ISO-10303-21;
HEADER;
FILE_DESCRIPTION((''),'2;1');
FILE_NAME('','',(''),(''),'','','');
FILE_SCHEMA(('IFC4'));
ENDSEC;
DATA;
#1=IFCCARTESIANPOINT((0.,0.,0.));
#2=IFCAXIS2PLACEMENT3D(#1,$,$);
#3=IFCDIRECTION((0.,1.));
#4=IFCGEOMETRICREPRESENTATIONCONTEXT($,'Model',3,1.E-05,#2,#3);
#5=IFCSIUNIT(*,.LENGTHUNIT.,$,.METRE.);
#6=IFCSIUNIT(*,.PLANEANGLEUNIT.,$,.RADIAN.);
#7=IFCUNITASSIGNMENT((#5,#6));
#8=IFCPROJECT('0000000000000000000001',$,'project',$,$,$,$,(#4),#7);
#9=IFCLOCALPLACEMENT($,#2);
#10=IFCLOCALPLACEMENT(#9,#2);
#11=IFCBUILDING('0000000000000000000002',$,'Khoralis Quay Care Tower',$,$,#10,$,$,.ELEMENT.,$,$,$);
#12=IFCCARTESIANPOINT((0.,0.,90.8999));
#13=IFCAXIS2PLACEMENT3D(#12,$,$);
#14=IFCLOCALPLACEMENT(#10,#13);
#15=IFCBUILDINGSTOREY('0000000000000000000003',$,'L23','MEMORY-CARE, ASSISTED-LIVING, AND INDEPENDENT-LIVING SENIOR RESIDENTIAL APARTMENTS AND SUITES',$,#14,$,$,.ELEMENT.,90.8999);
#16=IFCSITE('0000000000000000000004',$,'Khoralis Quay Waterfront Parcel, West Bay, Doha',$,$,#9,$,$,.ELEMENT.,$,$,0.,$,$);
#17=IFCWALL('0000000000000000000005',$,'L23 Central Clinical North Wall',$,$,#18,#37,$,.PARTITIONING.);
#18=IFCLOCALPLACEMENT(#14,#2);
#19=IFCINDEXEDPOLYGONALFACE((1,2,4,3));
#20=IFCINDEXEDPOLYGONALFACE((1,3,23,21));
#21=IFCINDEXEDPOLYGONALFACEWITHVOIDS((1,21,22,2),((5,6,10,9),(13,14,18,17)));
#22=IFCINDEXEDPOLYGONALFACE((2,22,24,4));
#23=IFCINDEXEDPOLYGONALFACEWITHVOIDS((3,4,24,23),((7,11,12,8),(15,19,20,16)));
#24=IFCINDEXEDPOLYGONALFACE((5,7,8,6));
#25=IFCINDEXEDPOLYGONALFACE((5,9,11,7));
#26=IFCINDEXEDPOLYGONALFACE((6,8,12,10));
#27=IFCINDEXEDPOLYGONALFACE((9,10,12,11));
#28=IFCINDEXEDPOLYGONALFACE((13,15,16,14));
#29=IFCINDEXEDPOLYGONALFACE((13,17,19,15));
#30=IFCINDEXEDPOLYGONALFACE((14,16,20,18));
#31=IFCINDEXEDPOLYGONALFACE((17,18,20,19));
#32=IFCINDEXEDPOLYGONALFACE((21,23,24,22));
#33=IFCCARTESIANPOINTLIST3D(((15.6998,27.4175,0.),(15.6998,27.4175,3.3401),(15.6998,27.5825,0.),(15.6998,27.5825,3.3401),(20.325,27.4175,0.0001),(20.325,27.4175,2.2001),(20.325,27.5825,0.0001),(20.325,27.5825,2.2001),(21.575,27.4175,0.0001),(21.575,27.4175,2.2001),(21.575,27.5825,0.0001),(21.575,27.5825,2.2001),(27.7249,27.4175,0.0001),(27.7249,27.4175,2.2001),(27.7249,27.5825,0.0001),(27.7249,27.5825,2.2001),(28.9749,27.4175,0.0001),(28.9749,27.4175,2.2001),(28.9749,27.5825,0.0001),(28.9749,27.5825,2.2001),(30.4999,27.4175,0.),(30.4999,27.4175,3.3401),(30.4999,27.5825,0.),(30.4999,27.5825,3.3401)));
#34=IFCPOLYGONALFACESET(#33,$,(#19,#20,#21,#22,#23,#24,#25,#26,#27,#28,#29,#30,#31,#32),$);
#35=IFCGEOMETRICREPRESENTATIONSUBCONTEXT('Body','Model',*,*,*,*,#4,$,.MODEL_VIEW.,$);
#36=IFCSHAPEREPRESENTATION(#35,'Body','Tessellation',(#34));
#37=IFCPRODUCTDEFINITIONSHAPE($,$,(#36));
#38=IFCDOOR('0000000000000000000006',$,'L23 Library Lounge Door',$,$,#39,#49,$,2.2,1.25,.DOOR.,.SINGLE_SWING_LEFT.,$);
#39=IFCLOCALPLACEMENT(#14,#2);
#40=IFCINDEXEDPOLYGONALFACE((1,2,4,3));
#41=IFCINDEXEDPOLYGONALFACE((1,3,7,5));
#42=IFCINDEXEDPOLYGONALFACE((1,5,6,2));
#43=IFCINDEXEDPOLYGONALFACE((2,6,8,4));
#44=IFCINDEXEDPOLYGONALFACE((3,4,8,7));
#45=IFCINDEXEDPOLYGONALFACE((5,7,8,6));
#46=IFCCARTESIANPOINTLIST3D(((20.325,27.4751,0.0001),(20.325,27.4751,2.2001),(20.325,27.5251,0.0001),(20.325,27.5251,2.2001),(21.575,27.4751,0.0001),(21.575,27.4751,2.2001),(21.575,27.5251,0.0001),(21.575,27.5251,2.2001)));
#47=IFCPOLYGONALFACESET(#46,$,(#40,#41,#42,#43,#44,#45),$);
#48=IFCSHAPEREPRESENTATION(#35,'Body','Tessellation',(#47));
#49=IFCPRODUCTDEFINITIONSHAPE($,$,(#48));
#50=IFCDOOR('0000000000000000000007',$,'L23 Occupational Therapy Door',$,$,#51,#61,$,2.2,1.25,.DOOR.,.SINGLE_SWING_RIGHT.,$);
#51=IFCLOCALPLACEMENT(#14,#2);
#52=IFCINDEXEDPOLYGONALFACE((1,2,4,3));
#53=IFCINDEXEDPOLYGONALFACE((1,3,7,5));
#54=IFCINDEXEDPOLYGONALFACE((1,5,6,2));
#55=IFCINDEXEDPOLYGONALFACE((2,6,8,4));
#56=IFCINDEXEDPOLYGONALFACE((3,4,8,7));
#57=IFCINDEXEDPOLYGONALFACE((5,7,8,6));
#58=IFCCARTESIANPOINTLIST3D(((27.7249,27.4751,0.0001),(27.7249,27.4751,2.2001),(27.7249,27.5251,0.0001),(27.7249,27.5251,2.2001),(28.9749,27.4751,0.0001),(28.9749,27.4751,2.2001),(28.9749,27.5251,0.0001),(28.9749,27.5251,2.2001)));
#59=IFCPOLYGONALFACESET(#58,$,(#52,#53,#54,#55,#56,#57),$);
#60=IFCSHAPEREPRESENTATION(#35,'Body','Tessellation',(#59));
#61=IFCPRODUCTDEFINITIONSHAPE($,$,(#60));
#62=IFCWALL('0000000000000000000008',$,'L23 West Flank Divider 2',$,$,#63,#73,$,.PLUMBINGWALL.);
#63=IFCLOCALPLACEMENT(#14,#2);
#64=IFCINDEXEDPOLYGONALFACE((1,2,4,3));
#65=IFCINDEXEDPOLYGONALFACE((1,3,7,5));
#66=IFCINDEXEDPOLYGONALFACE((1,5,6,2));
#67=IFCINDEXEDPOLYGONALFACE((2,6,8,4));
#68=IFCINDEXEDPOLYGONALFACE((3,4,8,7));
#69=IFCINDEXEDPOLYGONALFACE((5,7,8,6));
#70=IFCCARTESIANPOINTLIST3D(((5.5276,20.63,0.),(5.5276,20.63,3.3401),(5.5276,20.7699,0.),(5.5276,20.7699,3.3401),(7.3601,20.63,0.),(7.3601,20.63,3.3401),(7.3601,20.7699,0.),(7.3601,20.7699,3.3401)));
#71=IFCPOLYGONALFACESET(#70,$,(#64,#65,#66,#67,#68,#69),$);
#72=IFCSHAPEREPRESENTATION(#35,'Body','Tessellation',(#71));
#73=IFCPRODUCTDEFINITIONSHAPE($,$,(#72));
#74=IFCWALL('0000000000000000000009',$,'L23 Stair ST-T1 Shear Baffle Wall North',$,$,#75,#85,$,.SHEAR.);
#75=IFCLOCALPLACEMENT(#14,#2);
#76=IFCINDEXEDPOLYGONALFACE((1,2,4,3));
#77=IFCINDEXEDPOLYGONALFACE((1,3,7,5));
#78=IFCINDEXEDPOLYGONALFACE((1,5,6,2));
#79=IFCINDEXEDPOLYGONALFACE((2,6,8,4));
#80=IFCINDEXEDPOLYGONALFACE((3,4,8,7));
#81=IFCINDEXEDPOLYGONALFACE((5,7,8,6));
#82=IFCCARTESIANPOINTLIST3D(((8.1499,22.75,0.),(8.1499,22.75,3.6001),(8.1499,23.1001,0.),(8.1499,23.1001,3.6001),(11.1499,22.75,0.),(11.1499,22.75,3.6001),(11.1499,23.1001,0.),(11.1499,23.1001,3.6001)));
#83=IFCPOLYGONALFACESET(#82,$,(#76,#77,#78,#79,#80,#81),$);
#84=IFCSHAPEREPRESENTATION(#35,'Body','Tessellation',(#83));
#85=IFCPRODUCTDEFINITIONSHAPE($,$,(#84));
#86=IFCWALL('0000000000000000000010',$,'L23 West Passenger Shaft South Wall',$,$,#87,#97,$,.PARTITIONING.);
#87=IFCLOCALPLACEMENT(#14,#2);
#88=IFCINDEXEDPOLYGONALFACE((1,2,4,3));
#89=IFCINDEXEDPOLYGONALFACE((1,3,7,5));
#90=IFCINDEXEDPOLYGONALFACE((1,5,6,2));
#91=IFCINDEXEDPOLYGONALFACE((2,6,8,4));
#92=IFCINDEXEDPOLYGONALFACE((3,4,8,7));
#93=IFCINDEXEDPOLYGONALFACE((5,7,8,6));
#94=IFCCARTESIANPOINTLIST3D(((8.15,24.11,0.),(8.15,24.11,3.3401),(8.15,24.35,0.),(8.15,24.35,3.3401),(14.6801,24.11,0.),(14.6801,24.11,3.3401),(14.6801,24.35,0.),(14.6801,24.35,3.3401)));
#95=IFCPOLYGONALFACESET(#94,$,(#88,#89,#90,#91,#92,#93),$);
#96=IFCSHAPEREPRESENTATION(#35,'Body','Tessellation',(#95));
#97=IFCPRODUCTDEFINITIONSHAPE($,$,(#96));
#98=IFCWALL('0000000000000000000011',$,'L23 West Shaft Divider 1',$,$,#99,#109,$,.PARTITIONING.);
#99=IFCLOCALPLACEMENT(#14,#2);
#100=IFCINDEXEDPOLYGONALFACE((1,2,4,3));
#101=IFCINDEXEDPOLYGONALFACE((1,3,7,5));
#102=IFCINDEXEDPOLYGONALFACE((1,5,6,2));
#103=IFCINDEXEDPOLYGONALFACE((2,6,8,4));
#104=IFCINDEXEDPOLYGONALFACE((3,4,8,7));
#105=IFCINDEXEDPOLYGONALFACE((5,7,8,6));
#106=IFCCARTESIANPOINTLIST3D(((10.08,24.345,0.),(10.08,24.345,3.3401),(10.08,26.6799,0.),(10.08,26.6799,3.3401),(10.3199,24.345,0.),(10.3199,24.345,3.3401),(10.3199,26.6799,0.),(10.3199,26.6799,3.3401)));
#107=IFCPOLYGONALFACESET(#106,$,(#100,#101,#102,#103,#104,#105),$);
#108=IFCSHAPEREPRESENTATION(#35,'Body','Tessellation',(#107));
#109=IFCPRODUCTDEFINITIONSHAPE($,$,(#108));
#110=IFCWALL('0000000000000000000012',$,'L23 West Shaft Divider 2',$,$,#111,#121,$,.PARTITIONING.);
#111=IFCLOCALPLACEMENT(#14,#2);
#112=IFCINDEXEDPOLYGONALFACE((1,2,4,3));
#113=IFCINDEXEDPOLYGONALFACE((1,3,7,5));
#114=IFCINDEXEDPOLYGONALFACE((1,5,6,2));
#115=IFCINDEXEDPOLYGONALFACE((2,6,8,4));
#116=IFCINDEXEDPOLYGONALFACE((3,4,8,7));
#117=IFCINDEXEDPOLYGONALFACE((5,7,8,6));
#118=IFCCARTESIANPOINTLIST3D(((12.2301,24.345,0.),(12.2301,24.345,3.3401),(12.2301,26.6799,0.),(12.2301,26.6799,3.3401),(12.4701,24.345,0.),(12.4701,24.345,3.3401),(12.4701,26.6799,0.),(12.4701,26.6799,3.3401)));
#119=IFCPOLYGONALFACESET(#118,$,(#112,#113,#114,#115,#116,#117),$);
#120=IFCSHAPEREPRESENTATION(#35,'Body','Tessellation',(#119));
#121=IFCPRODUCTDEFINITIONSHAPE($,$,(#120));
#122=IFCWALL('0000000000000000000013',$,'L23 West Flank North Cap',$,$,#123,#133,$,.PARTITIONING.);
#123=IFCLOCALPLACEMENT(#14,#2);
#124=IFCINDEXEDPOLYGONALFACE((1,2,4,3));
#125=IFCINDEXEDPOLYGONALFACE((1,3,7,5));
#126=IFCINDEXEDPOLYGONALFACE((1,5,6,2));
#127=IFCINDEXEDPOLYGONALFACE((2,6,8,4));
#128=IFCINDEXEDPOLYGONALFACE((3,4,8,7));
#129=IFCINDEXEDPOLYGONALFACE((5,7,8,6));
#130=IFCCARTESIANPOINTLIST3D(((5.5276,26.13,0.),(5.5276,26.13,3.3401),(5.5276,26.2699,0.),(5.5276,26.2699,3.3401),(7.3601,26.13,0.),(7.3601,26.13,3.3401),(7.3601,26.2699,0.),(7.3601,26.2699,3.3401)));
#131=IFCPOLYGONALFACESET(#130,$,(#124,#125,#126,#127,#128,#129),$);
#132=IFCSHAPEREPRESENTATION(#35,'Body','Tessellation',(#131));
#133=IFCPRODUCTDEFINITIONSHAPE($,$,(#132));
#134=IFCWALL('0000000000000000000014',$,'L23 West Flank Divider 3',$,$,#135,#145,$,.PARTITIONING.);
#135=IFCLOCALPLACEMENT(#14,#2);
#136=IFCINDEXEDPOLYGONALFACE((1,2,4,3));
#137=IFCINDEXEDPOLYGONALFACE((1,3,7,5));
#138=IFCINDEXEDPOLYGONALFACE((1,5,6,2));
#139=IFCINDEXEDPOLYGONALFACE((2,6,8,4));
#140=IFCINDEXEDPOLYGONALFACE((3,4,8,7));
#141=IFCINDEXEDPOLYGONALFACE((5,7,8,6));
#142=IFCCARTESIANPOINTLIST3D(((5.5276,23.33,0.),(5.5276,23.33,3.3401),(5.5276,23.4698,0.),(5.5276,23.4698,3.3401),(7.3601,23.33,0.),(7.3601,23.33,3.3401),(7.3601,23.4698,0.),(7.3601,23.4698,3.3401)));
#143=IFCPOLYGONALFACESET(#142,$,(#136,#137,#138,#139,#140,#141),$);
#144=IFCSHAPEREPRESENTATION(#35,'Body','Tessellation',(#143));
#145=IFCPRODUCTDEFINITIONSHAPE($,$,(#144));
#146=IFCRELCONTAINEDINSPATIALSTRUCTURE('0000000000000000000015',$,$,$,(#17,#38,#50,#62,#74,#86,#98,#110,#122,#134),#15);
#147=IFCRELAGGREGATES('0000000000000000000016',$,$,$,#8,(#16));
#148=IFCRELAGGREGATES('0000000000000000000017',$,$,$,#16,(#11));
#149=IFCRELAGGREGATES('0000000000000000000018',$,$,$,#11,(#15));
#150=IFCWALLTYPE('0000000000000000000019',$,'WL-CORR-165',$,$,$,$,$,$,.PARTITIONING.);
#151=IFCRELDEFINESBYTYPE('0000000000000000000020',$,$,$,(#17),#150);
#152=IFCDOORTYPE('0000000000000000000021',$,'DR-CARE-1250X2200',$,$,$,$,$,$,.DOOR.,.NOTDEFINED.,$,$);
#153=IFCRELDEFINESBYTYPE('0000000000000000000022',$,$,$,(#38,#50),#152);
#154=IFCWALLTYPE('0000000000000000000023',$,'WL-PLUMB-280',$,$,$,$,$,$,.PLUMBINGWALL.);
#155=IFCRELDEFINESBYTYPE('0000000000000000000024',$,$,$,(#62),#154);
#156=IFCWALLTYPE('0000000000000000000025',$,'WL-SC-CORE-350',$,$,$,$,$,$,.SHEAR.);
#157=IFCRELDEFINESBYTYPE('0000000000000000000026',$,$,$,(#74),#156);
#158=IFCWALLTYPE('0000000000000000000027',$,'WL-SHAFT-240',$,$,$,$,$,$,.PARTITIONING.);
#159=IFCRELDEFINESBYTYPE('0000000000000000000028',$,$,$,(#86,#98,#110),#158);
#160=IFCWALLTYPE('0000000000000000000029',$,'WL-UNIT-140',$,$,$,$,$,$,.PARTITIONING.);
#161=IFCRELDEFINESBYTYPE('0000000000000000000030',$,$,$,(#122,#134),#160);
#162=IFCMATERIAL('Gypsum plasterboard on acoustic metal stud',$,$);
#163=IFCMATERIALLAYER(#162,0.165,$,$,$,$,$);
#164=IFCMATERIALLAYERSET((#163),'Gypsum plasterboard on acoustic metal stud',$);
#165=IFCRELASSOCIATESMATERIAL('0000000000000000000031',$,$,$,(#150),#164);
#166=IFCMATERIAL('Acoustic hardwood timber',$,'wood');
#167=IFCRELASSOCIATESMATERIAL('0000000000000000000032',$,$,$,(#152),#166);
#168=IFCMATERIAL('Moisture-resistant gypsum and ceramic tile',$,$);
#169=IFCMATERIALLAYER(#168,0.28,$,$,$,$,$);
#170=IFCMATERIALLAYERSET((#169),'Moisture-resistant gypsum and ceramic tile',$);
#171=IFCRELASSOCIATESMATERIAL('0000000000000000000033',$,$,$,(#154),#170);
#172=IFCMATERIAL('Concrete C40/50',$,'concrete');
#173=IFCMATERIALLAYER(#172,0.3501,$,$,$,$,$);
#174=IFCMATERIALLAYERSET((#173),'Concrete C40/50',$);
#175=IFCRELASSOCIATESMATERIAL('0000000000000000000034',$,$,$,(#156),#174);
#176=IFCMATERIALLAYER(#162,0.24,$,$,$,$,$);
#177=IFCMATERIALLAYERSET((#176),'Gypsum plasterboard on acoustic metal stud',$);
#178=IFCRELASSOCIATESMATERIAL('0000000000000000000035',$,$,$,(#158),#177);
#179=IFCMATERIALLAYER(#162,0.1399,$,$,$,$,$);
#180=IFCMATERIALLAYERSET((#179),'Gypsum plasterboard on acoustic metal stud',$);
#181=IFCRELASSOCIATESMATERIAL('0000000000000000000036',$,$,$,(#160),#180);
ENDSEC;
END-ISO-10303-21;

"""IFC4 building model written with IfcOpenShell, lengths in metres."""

from ifc_helpers import new_model, si_unit, direction, frame, frame_2d, origin, place, context, subcontext, project, spatial, rectangle, extrude, source, transform, mapped, material, layer, layer_set, type_object, element, fill, save


model = new_model("IFC4")

# Units and contexts
model_context = context("Model", 3, precision=1e-05, world=origin(), true_north=direction((0.0, 1.0)))
body_context = subcontext(model_context, "Body", "Model", "MODEL_VIEW")
ifc_project = project(units=[si_unit("LENGTHUNIT", "METRE"), si_unit("PLANEANGLEUNIT", "RADIAN")], contexts=[model_context])

# Site, building, storey
site_placement = place(None, origin())
site = spatial("IfcSite", under=ifc_project, at=site_placement, Name="Khoralis Quay Waterfront Parcel, West Bay, Doha", CompositionType="ELEMENT", RefElevation=0.0)
building_placement = place(site_placement, origin())
building = spatial("IfcBuilding", under=site, at=building_placement, Name="Khoralis Quay Care Tower", CompositionType="ELEMENT")
storey_placement = place(building_placement, frame((0.0, 0.0, 90.8999)))
storey = spatial("IfcBuildingStorey", under=building, at=storey_placement, Name="L23", Description="MEMORY-CARE, ASSISTED-LIVING, AND INDEPENDENT-LIVING SENIOR RESIDENTIAL APARTMENTS AND SUITES", CompositionType="ELEMENT", Elevation=90.8999)

# Shared definitions
ifc_material_1 = material(Name="Gypsum plasterboard on acoustic metal stud")
ifc_layer_1 = layer(ifc_material_1, 0.165)
ifc_layer_set_1 = layer_set([ifc_layer_1], Name="Gypsum plasterboard on acoustic metal stud")
wall_type_1 = type_object("IfcWallType", Name="WL-CORR-165", PredefinedType="PARTITIONING", material=ifc_layer_set_1)

# Wall, openings, doors
wall_1_placement = place(storey_placement, frame((15.7, 27.5, 0.0), z_axis=(0.0, 0.0, 1.0), x_axis=(1.0, 0.0, 0.0)))
wall_1 = element("IfcWall", 1, at=wall_1_placement, inside=storey, type_object=wall_type_1, Name="L23 Central Clinical North Wall", PredefinedType="PARTITIONING", context=body_context, shape_type="SweptSolid", body=[
    extrude(rectangle(XDim=14.8, YDim=0.165, at=frame_2d((7.3999, 0.0))), origin(), (0.0, 0.0, 1.0), 3.3401),
])
opening_1_placement = place(wall_1_placement, frame((4.625, 0.0, 0.0)))
opening_1 = element("IfcOpeningElement", 2, at=opening_1_placement, cuts=wall_1, PredefinedType="OPENING", context=body_context, shape_type="SweptSolid", body=[
    extrude(rectangle(XDim=1.25, YDim=2.2, at=frame_2d((0.625, 1.1001))), frame((0.0, 0.0925, 0.0), z_axis=(0.0, -1.0, 0.0), x_axis=(1.0, 0.0, 0.0)), (0.0, 0.0, 1.0), 0.1851),
])
opening_2_placement = place(wall_1_placement, frame((12.0249, 0.0, 0.0)))
opening_2 = element("IfcOpeningElement", 3, at=opening_2_placement, cuts=wall_1, PredefinedType="OPENING", context=body_context, shape_type="SweptSolid", body=[
    extrude(rectangle(XDim=1.25, YDim=2.2, at=frame_2d((0.625, 1.1001))), frame((0.0, 0.0925, 0.0), z_axis=(0.0, -1.0, 0.0), x_axis=(1.0, 0.0, 0.0)), (0.0, 0.0, 1.0), 0.1851),
])
ifc_material_2 = material(Name="Acoustic hardwood timber", Category="wood")
door_type_1 = type_object("IfcDoorType", Name="DR-CARE-1250X2200", OperationType="NOTDEFINED", PredefinedType="DOOR", material=ifc_material_2)
shared_shape_1 = source(origin(), body_context, "Body", "SweptSolid", [
    extrude(rectangle(XDim=1.25, YDim=2.2, at=frame_2d((0.625, 1.1001))), frame((0.0, 0.0249, 0.0), z_axis=(0.0, -1.0, 0.0), x_axis=(1.0, 0.0, 0.0)), (0.0, 0.0, 1.0), 0.05),
])
door_1_placement = place(opening_1_placement, frame((1.25, 0.0, 0.0), z_axis=(0.0, 0.0, 1.0), x_axis=(-1.0, 0.0, 0.0)))
door_1 = element("IfcDoor", 4, at=door_1_placement, inside=storey, type_object=door_type_1, Name="L23 Library Lounge Door", OperationType="SINGLE_SWING_LEFT", OverallHeight=2.2, OverallWidth=1.25, PredefinedType="DOOR", context=body_context, shape_type="MappedRepresentation", body=[
    mapped(shared_shape_1, transform((0.0, 0.0, 0.0), scale=1.0)),
])
fill(opening_1, door_1)
door_2_placement = place(opening_2_placement, frame((1.25, 0.0, 0.0), z_axis=(0.0, 0.0, 1.0), x_axis=(-1.0, 0.0, 0.0)))
door_2 = element("IfcDoor", 5, at=door_2_placement, inside=storey, type_object=door_type_1, Name="L23 Occupational Therapy Door", OperationType="SINGLE_SWING_RIGHT", OverallHeight=2.2, OverallWidth=1.25, PredefinedType="DOOR", context=body_context, shape_type="MappedRepresentation", body=[
    mapped(shared_shape_1, transform((0.0, 0.0, 0.0), scale=1.0)),
])
fill(opening_2, door_2)

# Walls
ifc_material_3 = material(Name="Moisture-resistant gypsum and ceramic tile")
ifc_layer_2 = layer(ifc_material_3, 0.28)
ifc_layer_set_2 = layer_set([ifc_layer_2], Name="Moisture-resistant gypsum and ceramic tile")
wall_type_2 = type_object("IfcWallType", Name="WL-PLUMB-280", PredefinedType="PLUMBINGWALL", material=ifc_layer_set_2)
wall_2_placement = place(storey_placement, frame((5.5276, 20.7, 0.0), z_axis=(0.0, 0.0, 1.0), x_axis=(1.0, 0.0, 0.0)))
element("IfcWall", 6, at=wall_2_placement, inside=storey, type_object=wall_type_2, Name="L23 West Flank Divider 2", PredefinedType="PLUMBINGWALL", context=body_context, shape_type="SweptSolid", body=[
    extrude(rectangle(XDim=1.8325, YDim=0.1399, at=frame_2d((0.9163, 0.0))), origin(), (0.0, 0.0, 1.0), 3.3401),
])
ifc_material_4 = material(Name="Concrete C40/50", Category="concrete")
ifc_layer_3 = layer(ifc_material_4, 0.3501)
ifc_layer_set_3 = layer_set([ifc_layer_3], Name="Concrete C40/50")
wall_type_3 = type_object("IfcWallType", Name="WL-SC-CORE-350", PredefinedType="SHEAR", material=ifc_layer_set_3)
wall_3_placement = place(storey_placement, frame((8.1499, 22.925, 0.0), z_axis=(0.0, 0.0, 1.0), x_axis=(1.0, 0.0, 0.0)))
element("IfcWall", 7, at=wall_3_placement, inside=storey, type_object=wall_type_3, Name="L23 Stair ST-T1 Shear Baffle Wall North", PredefinedType="SHEAR", context=body_context, shape_type="SweptSolid", body=[
    extrude(rectangle(XDim=3.0, YDim=0.3501, at=frame_2d((1.5, 0.0))), origin(), (0.0, 0.0, 1.0), 3.6001),
])
ifc_layer_4 = layer(ifc_material_1, 0.24)
ifc_layer_set_4 = layer_set([ifc_layer_4], Name="Gypsum plasterboard on acoustic metal stud")
wall_type_4 = type_object("IfcWallType", Name="WL-SHAFT-240", PredefinedType="PARTITIONING", material=ifc_layer_set_4)
wall_4_placement = place(storey_placement, frame((8.1499, 24.23, 0.0), z_axis=(0.0, 0.0, 1.0), x_axis=(1.0, 0.0, 0.0)))
element("IfcWall", 8, at=wall_4_placement, inside=storey, type_object=wall_type_4, Name="L23 West Passenger Shaft South Wall", PredefinedType="PARTITIONING", context=body_context, shape_type="SweptSolid", body=[
    extrude(rectangle(XDim=6.53, YDim=0.24, at=frame_2d((3.2651, 0.0))), origin(), (0.0, 0.0, 1.0), 3.3401),
])
for number, where, z_axis, x_axis, name in (
    (9, (10.2, 24.345, 0.0), (0.0, 0.0, 1.0), (0.0, 1.0, 0.0), "L23 West Shaft Divider 1"),
    (10, (12.3501, 24.345, 0.0), (0.0, 0.0, 1.0), (0.0, 1.0, 0.0), "L23 West Shaft Divider 2"),
):
    element("IfcWall", number, at=place(storey_placement, frame(where, z_axis=z_axis, x_axis=x_axis)), inside=storey, type_object=wall_type_4, Name=name, PredefinedType="PARTITIONING", context=body_context, shape_type="SweptSolid", body=[
        extrude(rectangle(XDim=2.335, YDim=0.24, at=frame_2d((1.1675, 0.0))), origin(), (0.0, 0.0, 1.0), 3.3401),
    ])
ifc_layer_5 = layer(ifc_material_1, 0.1399)
ifc_layer_set_5 = layer_set([ifc_layer_5], Name="Gypsum plasterboard on acoustic metal stud")
wall_type_5 = type_object("IfcWallType", Name="WL-UNIT-140", PredefinedType="PARTITIONING", material=ifc_layer_set_5)
for number, where, z_axis, x_axis, name in (
    (11, (5.5276, 26.2, 0.0), (0.0, 0.0, 1.0), (1.0, 0.0, 0.0), "L23 West Flank North Cap"),
    (12, (5.5276, 23.3999, 0.0), (0.0, 0.0, 1.0), (1.0, 0.0, 0.0), "L23 West Flank Divider 3"),
):
    element("IfcWall", number, at=place(storey_placement, frame(where, z_axis=z_axis, x_axis=x_axis)), inside=storey, type_object=wall_type_5, Name=name, PredefinedType="PARTITIONING", context=body_context, shape_type="SweptSolid", body=[
        extrude(rectangle(XDim=1.8325, YDim=0.1399, at=frame_2d((0.9163, 0.0))), origin(), (0.0, 0.0, 1.0), 3.3401),
    ])

save(model, "model.ifc")
